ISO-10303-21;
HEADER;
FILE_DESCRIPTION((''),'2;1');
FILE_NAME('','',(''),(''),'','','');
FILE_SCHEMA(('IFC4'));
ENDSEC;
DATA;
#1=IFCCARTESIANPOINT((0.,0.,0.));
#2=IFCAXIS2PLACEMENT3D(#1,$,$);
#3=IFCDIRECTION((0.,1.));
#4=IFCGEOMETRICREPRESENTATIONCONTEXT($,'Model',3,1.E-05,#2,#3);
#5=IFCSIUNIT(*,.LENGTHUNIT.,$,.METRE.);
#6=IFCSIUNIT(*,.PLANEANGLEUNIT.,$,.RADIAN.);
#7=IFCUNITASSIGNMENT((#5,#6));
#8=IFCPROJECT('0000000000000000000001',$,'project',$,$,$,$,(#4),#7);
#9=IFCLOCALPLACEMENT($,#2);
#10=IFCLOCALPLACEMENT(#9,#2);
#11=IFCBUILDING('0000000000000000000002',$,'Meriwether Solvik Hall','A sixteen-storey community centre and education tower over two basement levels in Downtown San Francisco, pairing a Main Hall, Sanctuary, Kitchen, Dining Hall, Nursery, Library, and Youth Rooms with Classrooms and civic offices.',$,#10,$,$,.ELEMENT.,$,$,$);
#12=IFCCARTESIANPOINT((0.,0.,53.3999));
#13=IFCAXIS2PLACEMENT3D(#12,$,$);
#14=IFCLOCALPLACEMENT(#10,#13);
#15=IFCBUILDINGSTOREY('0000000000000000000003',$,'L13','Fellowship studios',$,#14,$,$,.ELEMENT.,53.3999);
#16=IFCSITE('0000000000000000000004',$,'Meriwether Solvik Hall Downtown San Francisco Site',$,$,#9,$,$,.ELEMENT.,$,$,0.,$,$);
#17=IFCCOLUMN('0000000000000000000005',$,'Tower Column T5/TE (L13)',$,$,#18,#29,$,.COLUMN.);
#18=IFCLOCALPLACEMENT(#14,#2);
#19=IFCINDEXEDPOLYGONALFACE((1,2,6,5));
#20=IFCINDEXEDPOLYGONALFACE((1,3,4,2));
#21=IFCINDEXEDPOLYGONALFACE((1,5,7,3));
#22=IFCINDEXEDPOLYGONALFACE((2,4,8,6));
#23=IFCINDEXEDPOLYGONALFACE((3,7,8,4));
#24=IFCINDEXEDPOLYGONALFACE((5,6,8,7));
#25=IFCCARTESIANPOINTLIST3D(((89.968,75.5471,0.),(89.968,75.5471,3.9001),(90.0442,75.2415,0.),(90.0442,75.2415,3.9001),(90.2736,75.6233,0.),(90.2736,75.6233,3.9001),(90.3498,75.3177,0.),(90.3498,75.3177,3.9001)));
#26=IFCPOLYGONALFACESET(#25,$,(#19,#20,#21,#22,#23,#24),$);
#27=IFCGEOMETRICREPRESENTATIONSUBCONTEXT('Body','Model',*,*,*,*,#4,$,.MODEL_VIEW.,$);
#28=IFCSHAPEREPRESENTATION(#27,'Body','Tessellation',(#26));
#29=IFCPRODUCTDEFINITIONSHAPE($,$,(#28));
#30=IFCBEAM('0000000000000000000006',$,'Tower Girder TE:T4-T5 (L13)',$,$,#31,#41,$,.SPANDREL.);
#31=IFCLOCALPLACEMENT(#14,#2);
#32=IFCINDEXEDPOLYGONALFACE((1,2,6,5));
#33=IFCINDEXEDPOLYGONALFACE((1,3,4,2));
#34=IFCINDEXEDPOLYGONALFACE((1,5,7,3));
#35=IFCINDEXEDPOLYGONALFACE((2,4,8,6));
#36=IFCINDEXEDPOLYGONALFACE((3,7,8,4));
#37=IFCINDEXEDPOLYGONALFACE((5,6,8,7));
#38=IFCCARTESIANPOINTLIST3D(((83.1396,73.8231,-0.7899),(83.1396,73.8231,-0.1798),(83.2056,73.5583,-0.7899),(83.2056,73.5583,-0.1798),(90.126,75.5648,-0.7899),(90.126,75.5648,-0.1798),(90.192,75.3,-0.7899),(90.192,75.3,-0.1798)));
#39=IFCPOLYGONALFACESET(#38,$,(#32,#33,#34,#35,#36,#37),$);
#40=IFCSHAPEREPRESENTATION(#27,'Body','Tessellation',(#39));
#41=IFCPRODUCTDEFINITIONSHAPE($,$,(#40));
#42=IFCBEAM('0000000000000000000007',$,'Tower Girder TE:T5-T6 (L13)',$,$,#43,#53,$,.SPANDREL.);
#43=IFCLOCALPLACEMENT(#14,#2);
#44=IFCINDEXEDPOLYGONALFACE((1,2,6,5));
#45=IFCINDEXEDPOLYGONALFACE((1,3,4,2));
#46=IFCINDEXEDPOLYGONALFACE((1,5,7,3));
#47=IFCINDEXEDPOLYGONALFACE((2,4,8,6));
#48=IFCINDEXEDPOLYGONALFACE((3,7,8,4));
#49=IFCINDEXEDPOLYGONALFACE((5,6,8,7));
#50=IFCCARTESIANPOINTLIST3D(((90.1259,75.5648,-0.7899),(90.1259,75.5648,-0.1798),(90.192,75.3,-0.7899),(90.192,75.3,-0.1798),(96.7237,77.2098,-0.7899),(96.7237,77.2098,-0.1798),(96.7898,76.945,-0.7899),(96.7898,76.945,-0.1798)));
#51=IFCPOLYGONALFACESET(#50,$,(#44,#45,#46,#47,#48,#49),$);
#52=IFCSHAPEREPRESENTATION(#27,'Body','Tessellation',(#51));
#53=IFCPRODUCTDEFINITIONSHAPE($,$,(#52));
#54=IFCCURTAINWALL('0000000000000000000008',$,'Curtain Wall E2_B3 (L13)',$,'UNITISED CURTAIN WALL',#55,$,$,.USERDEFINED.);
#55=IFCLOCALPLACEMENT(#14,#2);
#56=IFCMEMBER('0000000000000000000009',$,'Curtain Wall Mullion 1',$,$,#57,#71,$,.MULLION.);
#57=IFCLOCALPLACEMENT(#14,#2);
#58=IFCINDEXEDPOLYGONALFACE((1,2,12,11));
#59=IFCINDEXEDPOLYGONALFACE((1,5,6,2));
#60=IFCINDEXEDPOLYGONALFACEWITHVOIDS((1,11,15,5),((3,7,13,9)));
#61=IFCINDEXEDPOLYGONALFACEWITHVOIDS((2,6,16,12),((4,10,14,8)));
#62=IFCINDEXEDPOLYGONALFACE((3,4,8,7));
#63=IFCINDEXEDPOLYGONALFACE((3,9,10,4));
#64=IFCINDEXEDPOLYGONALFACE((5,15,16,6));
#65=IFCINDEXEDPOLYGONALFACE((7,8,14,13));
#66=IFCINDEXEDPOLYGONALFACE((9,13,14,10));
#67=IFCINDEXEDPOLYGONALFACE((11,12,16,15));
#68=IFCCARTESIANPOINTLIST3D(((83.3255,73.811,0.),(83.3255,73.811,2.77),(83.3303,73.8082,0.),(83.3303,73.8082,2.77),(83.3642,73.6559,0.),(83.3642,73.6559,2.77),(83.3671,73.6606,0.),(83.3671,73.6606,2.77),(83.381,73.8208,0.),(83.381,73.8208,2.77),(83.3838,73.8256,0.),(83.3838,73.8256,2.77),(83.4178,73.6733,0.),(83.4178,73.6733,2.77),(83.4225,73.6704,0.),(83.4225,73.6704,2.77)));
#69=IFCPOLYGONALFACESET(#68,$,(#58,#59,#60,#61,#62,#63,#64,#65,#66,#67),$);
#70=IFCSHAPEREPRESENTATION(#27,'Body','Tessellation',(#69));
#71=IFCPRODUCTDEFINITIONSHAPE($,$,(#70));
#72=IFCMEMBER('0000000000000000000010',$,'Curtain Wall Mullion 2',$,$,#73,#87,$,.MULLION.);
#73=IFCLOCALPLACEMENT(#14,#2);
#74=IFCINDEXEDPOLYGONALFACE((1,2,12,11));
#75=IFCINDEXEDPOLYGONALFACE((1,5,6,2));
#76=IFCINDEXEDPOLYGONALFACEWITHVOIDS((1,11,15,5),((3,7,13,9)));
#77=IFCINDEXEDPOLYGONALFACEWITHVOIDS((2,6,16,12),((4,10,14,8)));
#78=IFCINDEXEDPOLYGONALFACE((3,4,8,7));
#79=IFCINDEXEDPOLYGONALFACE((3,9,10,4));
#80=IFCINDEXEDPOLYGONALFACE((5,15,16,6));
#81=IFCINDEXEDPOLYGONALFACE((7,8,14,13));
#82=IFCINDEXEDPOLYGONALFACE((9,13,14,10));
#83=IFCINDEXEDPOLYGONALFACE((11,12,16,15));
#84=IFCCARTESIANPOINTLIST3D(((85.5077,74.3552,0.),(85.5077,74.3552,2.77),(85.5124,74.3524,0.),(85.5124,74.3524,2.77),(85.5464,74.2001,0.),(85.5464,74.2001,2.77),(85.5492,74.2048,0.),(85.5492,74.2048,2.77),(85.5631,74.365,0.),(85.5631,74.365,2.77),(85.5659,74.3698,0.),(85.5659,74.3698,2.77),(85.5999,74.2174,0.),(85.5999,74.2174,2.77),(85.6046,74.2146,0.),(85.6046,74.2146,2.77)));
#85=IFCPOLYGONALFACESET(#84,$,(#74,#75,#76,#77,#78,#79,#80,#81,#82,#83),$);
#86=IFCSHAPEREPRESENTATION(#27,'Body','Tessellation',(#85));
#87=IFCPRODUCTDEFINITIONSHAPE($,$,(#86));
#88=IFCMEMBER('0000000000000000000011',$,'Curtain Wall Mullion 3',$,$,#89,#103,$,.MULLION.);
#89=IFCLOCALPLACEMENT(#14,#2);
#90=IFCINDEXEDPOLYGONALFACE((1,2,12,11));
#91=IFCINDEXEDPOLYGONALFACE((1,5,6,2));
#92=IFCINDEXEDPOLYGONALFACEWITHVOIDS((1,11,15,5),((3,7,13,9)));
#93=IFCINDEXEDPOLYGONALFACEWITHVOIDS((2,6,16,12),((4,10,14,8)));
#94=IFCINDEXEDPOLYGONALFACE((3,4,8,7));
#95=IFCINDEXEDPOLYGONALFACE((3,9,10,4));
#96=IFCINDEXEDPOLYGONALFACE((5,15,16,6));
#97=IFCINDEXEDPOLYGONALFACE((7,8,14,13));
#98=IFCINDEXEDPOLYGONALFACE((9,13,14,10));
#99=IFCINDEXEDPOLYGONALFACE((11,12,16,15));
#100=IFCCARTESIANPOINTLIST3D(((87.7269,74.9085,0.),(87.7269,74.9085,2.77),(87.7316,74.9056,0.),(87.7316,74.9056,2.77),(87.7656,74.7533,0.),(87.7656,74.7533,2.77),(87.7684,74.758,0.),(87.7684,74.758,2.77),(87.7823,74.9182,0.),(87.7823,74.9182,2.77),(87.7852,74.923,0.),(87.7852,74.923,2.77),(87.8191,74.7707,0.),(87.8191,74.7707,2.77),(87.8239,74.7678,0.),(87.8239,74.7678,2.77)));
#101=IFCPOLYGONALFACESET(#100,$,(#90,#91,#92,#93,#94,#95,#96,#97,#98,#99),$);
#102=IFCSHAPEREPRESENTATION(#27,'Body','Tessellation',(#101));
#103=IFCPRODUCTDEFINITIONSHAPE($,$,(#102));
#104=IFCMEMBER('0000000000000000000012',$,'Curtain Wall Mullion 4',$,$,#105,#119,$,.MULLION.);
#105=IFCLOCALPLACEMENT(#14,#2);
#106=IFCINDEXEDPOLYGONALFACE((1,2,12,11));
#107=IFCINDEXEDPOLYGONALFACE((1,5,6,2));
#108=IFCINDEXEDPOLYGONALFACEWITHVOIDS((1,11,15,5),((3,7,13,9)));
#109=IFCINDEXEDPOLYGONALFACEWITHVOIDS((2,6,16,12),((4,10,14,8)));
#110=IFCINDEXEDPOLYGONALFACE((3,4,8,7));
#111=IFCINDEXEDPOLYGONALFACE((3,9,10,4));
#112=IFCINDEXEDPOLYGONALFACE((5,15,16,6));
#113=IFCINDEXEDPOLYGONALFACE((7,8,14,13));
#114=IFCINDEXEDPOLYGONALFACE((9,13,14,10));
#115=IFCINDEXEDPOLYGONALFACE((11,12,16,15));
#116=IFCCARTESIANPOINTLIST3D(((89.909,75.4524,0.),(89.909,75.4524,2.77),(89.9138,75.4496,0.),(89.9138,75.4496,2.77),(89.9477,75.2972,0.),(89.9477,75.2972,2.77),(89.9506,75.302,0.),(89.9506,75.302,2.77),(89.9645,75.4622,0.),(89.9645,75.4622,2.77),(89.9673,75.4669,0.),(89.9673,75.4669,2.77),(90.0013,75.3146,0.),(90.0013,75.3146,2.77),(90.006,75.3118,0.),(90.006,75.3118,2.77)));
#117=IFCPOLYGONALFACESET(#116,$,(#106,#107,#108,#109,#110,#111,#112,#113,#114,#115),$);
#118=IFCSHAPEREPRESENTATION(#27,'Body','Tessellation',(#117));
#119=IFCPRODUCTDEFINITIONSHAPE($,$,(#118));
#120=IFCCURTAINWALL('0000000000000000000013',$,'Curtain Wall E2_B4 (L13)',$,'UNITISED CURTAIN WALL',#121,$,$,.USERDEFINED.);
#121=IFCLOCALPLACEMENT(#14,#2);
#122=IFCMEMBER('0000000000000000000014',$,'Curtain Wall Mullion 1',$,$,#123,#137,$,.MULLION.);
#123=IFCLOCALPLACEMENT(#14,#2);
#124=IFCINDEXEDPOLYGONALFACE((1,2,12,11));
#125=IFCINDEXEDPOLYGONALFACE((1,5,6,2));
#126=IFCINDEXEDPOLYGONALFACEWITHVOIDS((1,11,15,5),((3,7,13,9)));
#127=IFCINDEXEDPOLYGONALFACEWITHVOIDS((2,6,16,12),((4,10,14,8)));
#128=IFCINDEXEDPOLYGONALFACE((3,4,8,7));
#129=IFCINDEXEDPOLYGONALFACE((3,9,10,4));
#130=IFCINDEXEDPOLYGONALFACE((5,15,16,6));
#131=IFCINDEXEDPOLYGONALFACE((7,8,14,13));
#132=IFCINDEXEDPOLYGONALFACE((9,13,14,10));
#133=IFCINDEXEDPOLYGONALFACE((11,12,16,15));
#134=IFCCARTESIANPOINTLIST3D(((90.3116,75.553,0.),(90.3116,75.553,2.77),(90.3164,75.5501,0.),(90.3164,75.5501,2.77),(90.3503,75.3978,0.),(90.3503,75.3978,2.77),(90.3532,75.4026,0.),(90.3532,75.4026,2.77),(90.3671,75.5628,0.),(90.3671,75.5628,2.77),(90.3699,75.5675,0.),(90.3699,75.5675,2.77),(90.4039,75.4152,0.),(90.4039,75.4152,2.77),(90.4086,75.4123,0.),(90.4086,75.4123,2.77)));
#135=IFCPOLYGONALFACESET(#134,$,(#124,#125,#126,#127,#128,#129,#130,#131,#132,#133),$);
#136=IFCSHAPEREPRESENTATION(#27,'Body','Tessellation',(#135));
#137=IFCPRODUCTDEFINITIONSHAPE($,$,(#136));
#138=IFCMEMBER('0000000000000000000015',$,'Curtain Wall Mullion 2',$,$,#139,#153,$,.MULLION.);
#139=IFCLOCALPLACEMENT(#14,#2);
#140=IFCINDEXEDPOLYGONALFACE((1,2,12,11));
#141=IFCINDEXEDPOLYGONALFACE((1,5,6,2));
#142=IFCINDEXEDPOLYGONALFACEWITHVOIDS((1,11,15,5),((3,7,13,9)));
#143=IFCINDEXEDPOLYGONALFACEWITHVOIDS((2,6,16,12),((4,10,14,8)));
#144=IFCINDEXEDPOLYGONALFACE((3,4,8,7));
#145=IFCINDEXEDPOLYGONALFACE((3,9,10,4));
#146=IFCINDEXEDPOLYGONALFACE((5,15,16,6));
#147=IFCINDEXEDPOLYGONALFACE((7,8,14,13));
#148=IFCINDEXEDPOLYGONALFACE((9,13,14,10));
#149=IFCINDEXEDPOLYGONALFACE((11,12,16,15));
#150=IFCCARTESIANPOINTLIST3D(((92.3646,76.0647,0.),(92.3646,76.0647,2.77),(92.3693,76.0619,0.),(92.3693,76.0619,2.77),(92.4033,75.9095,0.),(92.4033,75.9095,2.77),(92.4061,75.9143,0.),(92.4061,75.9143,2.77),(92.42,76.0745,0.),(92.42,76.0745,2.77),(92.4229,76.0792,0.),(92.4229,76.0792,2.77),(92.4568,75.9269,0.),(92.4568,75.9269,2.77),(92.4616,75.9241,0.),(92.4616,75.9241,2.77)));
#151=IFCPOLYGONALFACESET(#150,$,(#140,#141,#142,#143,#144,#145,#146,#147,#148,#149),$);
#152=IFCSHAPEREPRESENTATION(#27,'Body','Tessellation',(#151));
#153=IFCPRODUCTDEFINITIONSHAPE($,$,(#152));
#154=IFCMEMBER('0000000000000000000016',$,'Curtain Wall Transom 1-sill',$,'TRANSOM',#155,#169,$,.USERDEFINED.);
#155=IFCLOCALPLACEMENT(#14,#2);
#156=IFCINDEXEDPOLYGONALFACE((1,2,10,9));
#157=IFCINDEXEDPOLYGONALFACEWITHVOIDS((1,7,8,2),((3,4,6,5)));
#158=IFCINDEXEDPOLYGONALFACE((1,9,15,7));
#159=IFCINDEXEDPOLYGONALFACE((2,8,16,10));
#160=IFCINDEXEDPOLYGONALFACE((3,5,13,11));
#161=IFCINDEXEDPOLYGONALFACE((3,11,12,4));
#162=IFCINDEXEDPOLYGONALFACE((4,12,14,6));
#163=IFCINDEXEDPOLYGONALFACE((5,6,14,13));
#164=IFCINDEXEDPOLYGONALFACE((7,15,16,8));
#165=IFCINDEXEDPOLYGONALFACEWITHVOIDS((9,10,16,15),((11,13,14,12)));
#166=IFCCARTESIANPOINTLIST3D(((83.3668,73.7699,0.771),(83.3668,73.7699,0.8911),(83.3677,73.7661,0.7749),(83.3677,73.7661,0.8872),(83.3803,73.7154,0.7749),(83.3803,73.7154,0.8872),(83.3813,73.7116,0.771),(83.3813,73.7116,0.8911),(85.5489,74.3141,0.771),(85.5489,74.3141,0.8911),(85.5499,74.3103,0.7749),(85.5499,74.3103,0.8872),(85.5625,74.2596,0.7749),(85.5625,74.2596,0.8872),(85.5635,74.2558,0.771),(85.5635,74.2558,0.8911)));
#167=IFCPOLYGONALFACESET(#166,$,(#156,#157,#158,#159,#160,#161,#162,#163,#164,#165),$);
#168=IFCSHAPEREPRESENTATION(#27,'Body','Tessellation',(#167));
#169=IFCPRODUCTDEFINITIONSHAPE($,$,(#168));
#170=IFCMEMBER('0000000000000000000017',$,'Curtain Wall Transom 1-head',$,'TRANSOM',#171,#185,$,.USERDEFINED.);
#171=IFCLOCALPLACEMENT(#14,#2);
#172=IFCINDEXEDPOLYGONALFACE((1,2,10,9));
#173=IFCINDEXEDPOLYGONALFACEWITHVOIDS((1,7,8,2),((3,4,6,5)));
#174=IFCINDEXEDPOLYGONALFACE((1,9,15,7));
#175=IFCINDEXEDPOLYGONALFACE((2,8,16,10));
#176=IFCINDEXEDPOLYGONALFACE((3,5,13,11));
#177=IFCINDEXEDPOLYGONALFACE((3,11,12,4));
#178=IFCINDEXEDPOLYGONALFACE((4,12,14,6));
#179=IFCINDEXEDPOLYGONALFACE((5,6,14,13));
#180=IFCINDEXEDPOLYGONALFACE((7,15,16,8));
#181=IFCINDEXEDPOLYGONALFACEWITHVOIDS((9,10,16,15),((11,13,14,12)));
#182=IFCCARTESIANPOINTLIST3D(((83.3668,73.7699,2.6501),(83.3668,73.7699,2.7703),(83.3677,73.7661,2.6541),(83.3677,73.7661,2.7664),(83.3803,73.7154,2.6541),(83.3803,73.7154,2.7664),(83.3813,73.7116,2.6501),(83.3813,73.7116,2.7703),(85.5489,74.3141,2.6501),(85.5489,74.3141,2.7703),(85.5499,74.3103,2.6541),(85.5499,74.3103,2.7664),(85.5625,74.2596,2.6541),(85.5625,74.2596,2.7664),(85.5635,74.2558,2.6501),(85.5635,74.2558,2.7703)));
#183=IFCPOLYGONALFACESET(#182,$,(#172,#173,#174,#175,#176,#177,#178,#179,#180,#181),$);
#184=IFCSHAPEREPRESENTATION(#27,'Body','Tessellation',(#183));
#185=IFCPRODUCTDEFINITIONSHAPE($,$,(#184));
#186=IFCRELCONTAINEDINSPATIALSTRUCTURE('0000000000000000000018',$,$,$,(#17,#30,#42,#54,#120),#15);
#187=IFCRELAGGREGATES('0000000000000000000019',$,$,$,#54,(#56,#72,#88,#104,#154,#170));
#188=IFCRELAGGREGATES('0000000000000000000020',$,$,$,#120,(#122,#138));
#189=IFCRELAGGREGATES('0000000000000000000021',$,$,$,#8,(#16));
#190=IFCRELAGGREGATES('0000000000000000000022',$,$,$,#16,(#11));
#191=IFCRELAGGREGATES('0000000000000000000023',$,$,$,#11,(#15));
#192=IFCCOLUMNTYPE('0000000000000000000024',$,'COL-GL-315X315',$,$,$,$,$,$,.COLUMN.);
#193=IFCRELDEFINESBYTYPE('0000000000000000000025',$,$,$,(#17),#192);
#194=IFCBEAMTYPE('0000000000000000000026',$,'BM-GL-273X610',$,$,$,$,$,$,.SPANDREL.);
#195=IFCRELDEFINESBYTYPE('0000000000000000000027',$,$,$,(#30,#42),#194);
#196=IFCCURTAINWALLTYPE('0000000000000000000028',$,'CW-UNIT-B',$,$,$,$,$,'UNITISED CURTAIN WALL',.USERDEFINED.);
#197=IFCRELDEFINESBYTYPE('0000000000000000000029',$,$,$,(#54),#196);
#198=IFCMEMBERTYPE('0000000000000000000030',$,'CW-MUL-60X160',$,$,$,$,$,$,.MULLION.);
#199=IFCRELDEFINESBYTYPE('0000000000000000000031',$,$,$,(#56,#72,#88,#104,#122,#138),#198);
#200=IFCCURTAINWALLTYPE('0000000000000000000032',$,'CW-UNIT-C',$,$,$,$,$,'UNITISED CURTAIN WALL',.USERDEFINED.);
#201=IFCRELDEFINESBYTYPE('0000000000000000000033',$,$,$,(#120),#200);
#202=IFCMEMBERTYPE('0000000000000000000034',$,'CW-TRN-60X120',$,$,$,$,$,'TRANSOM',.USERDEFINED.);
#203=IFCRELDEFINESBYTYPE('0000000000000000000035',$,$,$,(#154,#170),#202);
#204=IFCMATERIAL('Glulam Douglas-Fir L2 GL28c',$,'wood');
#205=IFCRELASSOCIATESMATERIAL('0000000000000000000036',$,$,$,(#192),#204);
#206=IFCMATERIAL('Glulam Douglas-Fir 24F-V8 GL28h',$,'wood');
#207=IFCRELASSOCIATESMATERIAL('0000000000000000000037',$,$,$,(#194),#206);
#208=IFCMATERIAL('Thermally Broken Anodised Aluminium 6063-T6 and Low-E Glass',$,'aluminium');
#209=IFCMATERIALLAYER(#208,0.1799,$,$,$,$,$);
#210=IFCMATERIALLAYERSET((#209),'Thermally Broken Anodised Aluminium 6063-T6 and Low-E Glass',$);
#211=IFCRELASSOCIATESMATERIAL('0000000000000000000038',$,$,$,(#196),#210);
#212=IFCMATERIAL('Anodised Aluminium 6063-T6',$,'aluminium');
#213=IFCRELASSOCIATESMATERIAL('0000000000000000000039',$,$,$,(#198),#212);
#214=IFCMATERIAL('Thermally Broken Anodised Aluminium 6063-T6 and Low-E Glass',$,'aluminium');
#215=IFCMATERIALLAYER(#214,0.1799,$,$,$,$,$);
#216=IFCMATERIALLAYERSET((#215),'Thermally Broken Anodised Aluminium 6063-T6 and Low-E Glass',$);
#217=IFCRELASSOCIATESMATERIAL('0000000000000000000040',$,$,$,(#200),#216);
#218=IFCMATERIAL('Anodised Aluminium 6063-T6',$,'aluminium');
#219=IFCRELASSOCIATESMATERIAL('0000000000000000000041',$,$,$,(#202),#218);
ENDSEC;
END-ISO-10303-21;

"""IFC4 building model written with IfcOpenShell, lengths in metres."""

from ifc_helpers import new_model, si_unit, direction, frame, origin, origin_2d, place, context, subcontext, project, spatial, rectangle, hollow_rectangle, extrude, material, layer, layer_set, material_profile, profile_set, type_object, element, aggregate, save


model = new_model("IFC4")

# Units and contexts
model_context = context("Model", 3, precision=1e-05, world=origin(), true_north=direction((0.0, 1.0)))
body_context = subcontext(model_context, "Body", "Model", "MODEL_VIEW")
ifc_project = project(units=[si_unit("LENGTHUNIT", "METRE"), si_unit("PLANEANGLEUNIT", "RADIAN")], contexts=[model_context])

# Site, building, storey
site_placement = place(None, origin())
site = spatial("IfcSite", under=ifc_project, at=site_placement, Name="Meriwether Solvik Hall Downtown San Francisco Site", CompositionType="ELEMENT", RefElevation=0.0)
building_placement = place(site_placement, origin())
building = spatial("IfcBuilding", under=site, at=building_placement, Name="Meriwether Solvik Hall", Description="A sixteen-storey community centre and education tower over two basement levels in Downtown San Francisco, pairing a Main Hall, Sanctuary, Kitchen, Dining Hall, Nursery, Library, and Youth Rooms with Classrooms and civic offices.", CompositionType="ELEMENT")
storey_placement = place(building_placement, frame((0.0, 0.0, 53.3999)))
storey = spatial("IfcBuildingStorey", under=building, at=storey_placement, Name="L13", Description="Fellowship studios", CompositionType="ELEMENT", Elevation=53.3999)

# Column
ifc_material_1 = material(Name="Glulam Douglas-Fir L2 GL28c", Category="wood")
ifc_material_profile_1 = material_profile(ifc_material_1, rectangle(XDim=0.3149, YDim=0.3149, at=origin_2d()), Name="GLC-315X315")
ifc_profile_set_1 = profile_set([ifc_material_profile_1], Name="Glulam Douglas-Fir L2 GL28c")
column_type = type_object("IfcColumnType", Name="COL-GL-315X315", PredefinedType="COLUMN", material=ifc_profile_set_1)
column_placement = place(storey_placement, frame((90.1589, 75.4324, 0.0), z_axis=(0.0, 0.0, 1.0), x_axis=(0.970296, 0.241922, 0.0)))
element("IfcColumn", 1, at=column_placement, inside=storey, type_object=column_type, Name="Tower Column T5/TE (L13)", PredefinedType="COLUMN", context=body_context, shape_type="SweptSolid", body=[
    extrude(rectangle(XDim=0.3149, YDim=0.3149, at=origin_2d()), origin(), (0.0, 0.0, 1.0), 3.9001),
])

# Beams
ifc_material_2 = material(Name="Glulam Douglas-Fir 24F-V8 GL28h", Category="wood")
ifc_material_profile_2 = material_profile(ifc_material_2, rectangle(XDim=0.2729, YDim=0.6101, at=origin_2d()), Name="GLB-273X610")
ifc_profile_set_2 = profile_set([ifc_material_profile_2], Name="Glulam Douglas-Fir 24F-V8 GL28h")
beam_type = type_object("IfcBeamType", Name="BM-GL-273X610", PredefinedType="SPANDREL", material=ifc_profile_set_2)
beam_1_placement = place(storey_placement, frame((83.1726, 73.6907, -0.4849), z_axis=(0.970302, 0.241897, 0.0), x_axis=(-0.241897, 0.970302, 0.0)))
element("IfcBeam", 2, at=beam_1_placement, inside=storey, type_object=beam_type, Name="Tower Girder TE:T4-T5 (L13)", PredefinedType="SPANDREL", context=body_context, shape_type="SweptSolid", body=[
    extrude(rectangle(XDim=0.2729, YDim=0.6101, at=origin_2d()), origin(), (0.0, 0.0, 1.0), 7.2002),
])
beam_2_placement = place(storey_placement, frame((90.1589, 75.4324, -0.4849), z_axis=(0.970296, 0.241919, 0.0), x_axis=(-0.241919, 0.970296, 0.0)))
element("IfcBeam", 3, at=beam_2_placement, inside=storey, type_object=beam_type, Name="Tower Girder TE:T5-T6 (L13)", PredefinedType="SPANDREL", context=body_context, shape_type="SweptSolid", body=[
    extrude(rectangle(XDim=0.2729, YDim=0.6101, at=origin_2d()), origin(), (0.0, 0.0, 1.0), 6.7998),
])

# Curtain walls, members
ifc_material_3 = material(Name="Thermally Broken Anodised Aluminium 6063-T6 and Low-E Glass", Category="aluminium")
ifc_layer_1 = layer(ifc_material_3, 0.1799)
ifc_layer_set_1 = layer_set([ifc_layer_1], Name="Thermally Broken Anodised Aluminium 6063-T6 and Low-E Glass")
curtain_wall_type_1 = type_object("IfcCurtainWallType", Name="CW-UNIT-B", ElementType="UNITISED CURTAIN WALL", PredefinedType="USERDEFINED", material=ifc_layer_set_1)
curtain_wall_1_placement = place(storey_placement, origin())
curtain_wall_1 = element("IfcCurtainWall", 4, at=curtain_wall_1_placement, inside=storey, type_object=curtain_wall_type_1, Name="Curtain Wall E2_B3 (L13)", ObjectType="UNITISED CURTAIN WALL", PredefinedType="USERDEFINED")
ifc_material_4 = material(Name="Anodised Aluminium 6063-T6", Category="aluminium")
ifc_material_profile_3 = material_profile(ifc_material_4, hollow_rectangle(XDim=0.0601, YDim=0.1599, WallThickness=0.0039, at=origin_2d()), Name="CWM-60X160")
ifc_profile_set_3 = profile_set([ifc_material_profile_3], Name="Anodised Aluminium 6063-T6")
member_type_1 = type_object("IfcMemberType", Name="CW-MUL-60X160", PredefinedType="MULLION", material=ifc_profile_set_3)
member_1_placement = place(storey_placement, frame((83.374, 73.7407, 0.0), z_axis=(0.0, 0.0, 1.0), x_axis=(0.970296, 0.241922, 0.0)))
member_1 = element("IfcMember", 5, at=member_1_placement, type_object=member_type_1, Name="Curtain Wall Mullion 1", PredefinedType="MULLION", context=body_context, shape_type="SweptSolid", body=[
    extrude(hollow_rectangle(XDim=0.0601, YDim=0.1599, WallThickness=0.0039, at=origin_2d()), origin(), (0.0, 0.0, 1.0), 2.77),
])
member_2_placement = place(storey_placement, frame((85.5562, 74.2849, 0.0), z_axis=(0.0, 0.0, 1.0), x_axis=(0.970296, 0.241922, 0.0)))
member_2 = element("IfcMember", 6, at=member_2_placement, type_object=member_type_1, Name="Curtain Wall Mullion 2", PredefinedType="MULLION", context=body_context, shape_type="SweptSolid", body=[
    extrude(hollow_rectangle(XDim=0.0601, YDim=0.1599, WallThickness=0.0039, at=origin_2d()), origin(), (0.0, 0.0, 1.0), 2.77),
])
member_3_placement = place(storey_placement, frame((87.7754, 74.8381, 0.0), z_axis=(0.0, 0.0, 1.0), x_axis=(0.970296, 0.241922, 0.0)))
member_3 = element("IfcMember", 7, at=member_3_placement, type_object=member_type_1, Name="Curtain Wall Mullion 3", PredefinedType="MULLION", context=body_context, shape_type="SweptSolid", body=[
    extrude(hollow_rectangle(XDim=0.0601, YDim=0.1599, WallThickness=0.0039, at=origin_2d()), origin(), (0.0, 0.0, 1.0), 2.77),
])
member_4_placement = place(storey_placement, frame((89.9575, 75.3821, 0.0), z_axis=(0.0, 0.0, 1.0), x_axis=(0.970296, 0.241922, 0.0)))
member_4 = element("IfcMember", 8, at=member_4_placement, type_object=member_type_1, Name="Curtain Wall Mullion 4", PredefinedType="MULLION", context=body_context, shape_type="SweptSolid", body=[
    extrude(hollow_rectangle(XDim=0.0601, YDim=0.1599, WallThickness=0.0039, at=origin_2d()), origin(), (0.0, 0.0, 1.0), 2.77),
])
ifc_material_5 = material(Name="Thermally Broken Anodised Aluminium 6063-T6 and Low-E Glass", Category="aluminium")
ifc_layer_2 = layer(ifc_material_5, 0.1799)
ifc_layer_set_2 = layer_set([ifc_layer_2], Name="Thermally Broken Anodised Aluminium 6063-T6 and Low-E Glass")
curtain_wall_type_2 = type_object("IfcCurtainWallType", Name="CW-UNIT-C", ElementType="UNITISED CURTAIN WALL", PredefinedType="USERDEFINED", material=ifc_layer_set_2)
curtain_wall_2_placement = place(storey_placement, origin())
curtain_wall_2 = element("IfcCurtainWall", 9, at=curtain_wall_2_placement, inside=storey, type_object=curtain_wall_type_2, Name="Curtain Wall E2_B4 (L13)", ObjectType="UNITISED CURTAIN WALL", PredefinedType="USERDEFINED")
member_5_placement = place(storey_placement, frame((90.3601, 75.4827, 0.0), z_axis=(0.0, 0.0, 1.0), x_axis=(0.970296, 0.241922, 0.0)))
member_5 = element("IfcMember", 10, at=member_5_placement, type_object=member_type_1, Name="Curtain Wall Mullion 1", PredefinedType="MULLION", context=body_context, shape_type="SweptSolid", body=[
    extrude(hollow_rectangle(XDim=0.0601, YDim=0.1599, WallThickness=0.0039, at=origin_2d()), origin(), (0.0, 0.0, 1.0), 2.77),
])
member_6_placement = place(storey_placement, frame((92.4131, 75.9944, 0.0), z_axis=(0.0, 0.0, 1.0), x_axis=(0.970296, 0.241922, 0.0)))
member_6 = element("IfcMember", 11, at=member_6_placement, type_object=member_type_1, Name="Curtain Wall Mullion 2", PredefinedType="MULLION", context=body_context, shape_type="SweptSolid", body=[
    extrude(hollow_rectangle(XDim=0.0601, YDim=0.1599, WallThickness=0.0039, at=origin_2d()), origin(), (0.0, 0.0, 1.0), 2.77),
])

# Members
ifc_material_6 = material(Name="Anodised Aluminium 6063-T6", Category="aluminium")
ifc_material_profile_4 = material_profile(ifc_material_6, hollow_rectangle(XDim=0.0601, YDim=0.1201, WallThickness=0.0039, at=origin_2d()), Name="CWT-60X120")
ifc_profile_set_4 = profile_set([ifc_material_profile_4], Name="Anodised Aluminium 6063-T6")
member_type_2 = type_object("IfcMemberType", Name="CW-TRN-60X120", ElementType="TRANSOM", PredefinedType="USERDEFINED", material=ifc_profile_set_4)
member_7_placement = place(storey_placement, frame((83.374, 73.7407, 0.8311), z_axis=(0.970283, 0.241974, 0.0), x_axis=(-0.241974, 0.970283, 0.0)))
member_7 = element("IfcMember", 12, at=member_7_placement, type_object=member_type_2, Name="Curtain Wall Transom 1-sill", ObjectType="TRANSOM", PredefinedType="USERDEFINED", context=body_context, shape_type="SweptSolid", body=[
    extrude(hollow_rectangle(XDim=0.0601, YDim=0.1201, WallThickness=0.0039, at=origin_2d()), origin(), (0.0, 0.0, 1.0), 2.249),
])
member_8_placement = place(storey_placement, frame((83.374, 73.7407, 2.7102), z_axis=(0.970283, 0.241974, 0.0), x_axis=(-0.241974, 0.970283, 0.0)))
member_8 = element("IfcMember", 13, at=member_8_placement, type_object=member_type_2, Name="Curtain Wall Transom 1-head", ObjectType="TRANSOM", PredefinedType="USERDEFINED", context=body_context, shape_type="SweptSolid", body=[
    extrude(hollow_rectangle(XDim=0.0601, YDim=0.1201, WallThickness=0.0039, at=origin_2d()), origin(), (0.0, 0.0, 1.0), 2.249),
])

aggregate(curtain_wall_1, [member_1, member_2, member_3, member_4, member_7, member_8])
aggregate(curtain_wall_2, [member_5, member_6])

save(model, "model.ifc")
